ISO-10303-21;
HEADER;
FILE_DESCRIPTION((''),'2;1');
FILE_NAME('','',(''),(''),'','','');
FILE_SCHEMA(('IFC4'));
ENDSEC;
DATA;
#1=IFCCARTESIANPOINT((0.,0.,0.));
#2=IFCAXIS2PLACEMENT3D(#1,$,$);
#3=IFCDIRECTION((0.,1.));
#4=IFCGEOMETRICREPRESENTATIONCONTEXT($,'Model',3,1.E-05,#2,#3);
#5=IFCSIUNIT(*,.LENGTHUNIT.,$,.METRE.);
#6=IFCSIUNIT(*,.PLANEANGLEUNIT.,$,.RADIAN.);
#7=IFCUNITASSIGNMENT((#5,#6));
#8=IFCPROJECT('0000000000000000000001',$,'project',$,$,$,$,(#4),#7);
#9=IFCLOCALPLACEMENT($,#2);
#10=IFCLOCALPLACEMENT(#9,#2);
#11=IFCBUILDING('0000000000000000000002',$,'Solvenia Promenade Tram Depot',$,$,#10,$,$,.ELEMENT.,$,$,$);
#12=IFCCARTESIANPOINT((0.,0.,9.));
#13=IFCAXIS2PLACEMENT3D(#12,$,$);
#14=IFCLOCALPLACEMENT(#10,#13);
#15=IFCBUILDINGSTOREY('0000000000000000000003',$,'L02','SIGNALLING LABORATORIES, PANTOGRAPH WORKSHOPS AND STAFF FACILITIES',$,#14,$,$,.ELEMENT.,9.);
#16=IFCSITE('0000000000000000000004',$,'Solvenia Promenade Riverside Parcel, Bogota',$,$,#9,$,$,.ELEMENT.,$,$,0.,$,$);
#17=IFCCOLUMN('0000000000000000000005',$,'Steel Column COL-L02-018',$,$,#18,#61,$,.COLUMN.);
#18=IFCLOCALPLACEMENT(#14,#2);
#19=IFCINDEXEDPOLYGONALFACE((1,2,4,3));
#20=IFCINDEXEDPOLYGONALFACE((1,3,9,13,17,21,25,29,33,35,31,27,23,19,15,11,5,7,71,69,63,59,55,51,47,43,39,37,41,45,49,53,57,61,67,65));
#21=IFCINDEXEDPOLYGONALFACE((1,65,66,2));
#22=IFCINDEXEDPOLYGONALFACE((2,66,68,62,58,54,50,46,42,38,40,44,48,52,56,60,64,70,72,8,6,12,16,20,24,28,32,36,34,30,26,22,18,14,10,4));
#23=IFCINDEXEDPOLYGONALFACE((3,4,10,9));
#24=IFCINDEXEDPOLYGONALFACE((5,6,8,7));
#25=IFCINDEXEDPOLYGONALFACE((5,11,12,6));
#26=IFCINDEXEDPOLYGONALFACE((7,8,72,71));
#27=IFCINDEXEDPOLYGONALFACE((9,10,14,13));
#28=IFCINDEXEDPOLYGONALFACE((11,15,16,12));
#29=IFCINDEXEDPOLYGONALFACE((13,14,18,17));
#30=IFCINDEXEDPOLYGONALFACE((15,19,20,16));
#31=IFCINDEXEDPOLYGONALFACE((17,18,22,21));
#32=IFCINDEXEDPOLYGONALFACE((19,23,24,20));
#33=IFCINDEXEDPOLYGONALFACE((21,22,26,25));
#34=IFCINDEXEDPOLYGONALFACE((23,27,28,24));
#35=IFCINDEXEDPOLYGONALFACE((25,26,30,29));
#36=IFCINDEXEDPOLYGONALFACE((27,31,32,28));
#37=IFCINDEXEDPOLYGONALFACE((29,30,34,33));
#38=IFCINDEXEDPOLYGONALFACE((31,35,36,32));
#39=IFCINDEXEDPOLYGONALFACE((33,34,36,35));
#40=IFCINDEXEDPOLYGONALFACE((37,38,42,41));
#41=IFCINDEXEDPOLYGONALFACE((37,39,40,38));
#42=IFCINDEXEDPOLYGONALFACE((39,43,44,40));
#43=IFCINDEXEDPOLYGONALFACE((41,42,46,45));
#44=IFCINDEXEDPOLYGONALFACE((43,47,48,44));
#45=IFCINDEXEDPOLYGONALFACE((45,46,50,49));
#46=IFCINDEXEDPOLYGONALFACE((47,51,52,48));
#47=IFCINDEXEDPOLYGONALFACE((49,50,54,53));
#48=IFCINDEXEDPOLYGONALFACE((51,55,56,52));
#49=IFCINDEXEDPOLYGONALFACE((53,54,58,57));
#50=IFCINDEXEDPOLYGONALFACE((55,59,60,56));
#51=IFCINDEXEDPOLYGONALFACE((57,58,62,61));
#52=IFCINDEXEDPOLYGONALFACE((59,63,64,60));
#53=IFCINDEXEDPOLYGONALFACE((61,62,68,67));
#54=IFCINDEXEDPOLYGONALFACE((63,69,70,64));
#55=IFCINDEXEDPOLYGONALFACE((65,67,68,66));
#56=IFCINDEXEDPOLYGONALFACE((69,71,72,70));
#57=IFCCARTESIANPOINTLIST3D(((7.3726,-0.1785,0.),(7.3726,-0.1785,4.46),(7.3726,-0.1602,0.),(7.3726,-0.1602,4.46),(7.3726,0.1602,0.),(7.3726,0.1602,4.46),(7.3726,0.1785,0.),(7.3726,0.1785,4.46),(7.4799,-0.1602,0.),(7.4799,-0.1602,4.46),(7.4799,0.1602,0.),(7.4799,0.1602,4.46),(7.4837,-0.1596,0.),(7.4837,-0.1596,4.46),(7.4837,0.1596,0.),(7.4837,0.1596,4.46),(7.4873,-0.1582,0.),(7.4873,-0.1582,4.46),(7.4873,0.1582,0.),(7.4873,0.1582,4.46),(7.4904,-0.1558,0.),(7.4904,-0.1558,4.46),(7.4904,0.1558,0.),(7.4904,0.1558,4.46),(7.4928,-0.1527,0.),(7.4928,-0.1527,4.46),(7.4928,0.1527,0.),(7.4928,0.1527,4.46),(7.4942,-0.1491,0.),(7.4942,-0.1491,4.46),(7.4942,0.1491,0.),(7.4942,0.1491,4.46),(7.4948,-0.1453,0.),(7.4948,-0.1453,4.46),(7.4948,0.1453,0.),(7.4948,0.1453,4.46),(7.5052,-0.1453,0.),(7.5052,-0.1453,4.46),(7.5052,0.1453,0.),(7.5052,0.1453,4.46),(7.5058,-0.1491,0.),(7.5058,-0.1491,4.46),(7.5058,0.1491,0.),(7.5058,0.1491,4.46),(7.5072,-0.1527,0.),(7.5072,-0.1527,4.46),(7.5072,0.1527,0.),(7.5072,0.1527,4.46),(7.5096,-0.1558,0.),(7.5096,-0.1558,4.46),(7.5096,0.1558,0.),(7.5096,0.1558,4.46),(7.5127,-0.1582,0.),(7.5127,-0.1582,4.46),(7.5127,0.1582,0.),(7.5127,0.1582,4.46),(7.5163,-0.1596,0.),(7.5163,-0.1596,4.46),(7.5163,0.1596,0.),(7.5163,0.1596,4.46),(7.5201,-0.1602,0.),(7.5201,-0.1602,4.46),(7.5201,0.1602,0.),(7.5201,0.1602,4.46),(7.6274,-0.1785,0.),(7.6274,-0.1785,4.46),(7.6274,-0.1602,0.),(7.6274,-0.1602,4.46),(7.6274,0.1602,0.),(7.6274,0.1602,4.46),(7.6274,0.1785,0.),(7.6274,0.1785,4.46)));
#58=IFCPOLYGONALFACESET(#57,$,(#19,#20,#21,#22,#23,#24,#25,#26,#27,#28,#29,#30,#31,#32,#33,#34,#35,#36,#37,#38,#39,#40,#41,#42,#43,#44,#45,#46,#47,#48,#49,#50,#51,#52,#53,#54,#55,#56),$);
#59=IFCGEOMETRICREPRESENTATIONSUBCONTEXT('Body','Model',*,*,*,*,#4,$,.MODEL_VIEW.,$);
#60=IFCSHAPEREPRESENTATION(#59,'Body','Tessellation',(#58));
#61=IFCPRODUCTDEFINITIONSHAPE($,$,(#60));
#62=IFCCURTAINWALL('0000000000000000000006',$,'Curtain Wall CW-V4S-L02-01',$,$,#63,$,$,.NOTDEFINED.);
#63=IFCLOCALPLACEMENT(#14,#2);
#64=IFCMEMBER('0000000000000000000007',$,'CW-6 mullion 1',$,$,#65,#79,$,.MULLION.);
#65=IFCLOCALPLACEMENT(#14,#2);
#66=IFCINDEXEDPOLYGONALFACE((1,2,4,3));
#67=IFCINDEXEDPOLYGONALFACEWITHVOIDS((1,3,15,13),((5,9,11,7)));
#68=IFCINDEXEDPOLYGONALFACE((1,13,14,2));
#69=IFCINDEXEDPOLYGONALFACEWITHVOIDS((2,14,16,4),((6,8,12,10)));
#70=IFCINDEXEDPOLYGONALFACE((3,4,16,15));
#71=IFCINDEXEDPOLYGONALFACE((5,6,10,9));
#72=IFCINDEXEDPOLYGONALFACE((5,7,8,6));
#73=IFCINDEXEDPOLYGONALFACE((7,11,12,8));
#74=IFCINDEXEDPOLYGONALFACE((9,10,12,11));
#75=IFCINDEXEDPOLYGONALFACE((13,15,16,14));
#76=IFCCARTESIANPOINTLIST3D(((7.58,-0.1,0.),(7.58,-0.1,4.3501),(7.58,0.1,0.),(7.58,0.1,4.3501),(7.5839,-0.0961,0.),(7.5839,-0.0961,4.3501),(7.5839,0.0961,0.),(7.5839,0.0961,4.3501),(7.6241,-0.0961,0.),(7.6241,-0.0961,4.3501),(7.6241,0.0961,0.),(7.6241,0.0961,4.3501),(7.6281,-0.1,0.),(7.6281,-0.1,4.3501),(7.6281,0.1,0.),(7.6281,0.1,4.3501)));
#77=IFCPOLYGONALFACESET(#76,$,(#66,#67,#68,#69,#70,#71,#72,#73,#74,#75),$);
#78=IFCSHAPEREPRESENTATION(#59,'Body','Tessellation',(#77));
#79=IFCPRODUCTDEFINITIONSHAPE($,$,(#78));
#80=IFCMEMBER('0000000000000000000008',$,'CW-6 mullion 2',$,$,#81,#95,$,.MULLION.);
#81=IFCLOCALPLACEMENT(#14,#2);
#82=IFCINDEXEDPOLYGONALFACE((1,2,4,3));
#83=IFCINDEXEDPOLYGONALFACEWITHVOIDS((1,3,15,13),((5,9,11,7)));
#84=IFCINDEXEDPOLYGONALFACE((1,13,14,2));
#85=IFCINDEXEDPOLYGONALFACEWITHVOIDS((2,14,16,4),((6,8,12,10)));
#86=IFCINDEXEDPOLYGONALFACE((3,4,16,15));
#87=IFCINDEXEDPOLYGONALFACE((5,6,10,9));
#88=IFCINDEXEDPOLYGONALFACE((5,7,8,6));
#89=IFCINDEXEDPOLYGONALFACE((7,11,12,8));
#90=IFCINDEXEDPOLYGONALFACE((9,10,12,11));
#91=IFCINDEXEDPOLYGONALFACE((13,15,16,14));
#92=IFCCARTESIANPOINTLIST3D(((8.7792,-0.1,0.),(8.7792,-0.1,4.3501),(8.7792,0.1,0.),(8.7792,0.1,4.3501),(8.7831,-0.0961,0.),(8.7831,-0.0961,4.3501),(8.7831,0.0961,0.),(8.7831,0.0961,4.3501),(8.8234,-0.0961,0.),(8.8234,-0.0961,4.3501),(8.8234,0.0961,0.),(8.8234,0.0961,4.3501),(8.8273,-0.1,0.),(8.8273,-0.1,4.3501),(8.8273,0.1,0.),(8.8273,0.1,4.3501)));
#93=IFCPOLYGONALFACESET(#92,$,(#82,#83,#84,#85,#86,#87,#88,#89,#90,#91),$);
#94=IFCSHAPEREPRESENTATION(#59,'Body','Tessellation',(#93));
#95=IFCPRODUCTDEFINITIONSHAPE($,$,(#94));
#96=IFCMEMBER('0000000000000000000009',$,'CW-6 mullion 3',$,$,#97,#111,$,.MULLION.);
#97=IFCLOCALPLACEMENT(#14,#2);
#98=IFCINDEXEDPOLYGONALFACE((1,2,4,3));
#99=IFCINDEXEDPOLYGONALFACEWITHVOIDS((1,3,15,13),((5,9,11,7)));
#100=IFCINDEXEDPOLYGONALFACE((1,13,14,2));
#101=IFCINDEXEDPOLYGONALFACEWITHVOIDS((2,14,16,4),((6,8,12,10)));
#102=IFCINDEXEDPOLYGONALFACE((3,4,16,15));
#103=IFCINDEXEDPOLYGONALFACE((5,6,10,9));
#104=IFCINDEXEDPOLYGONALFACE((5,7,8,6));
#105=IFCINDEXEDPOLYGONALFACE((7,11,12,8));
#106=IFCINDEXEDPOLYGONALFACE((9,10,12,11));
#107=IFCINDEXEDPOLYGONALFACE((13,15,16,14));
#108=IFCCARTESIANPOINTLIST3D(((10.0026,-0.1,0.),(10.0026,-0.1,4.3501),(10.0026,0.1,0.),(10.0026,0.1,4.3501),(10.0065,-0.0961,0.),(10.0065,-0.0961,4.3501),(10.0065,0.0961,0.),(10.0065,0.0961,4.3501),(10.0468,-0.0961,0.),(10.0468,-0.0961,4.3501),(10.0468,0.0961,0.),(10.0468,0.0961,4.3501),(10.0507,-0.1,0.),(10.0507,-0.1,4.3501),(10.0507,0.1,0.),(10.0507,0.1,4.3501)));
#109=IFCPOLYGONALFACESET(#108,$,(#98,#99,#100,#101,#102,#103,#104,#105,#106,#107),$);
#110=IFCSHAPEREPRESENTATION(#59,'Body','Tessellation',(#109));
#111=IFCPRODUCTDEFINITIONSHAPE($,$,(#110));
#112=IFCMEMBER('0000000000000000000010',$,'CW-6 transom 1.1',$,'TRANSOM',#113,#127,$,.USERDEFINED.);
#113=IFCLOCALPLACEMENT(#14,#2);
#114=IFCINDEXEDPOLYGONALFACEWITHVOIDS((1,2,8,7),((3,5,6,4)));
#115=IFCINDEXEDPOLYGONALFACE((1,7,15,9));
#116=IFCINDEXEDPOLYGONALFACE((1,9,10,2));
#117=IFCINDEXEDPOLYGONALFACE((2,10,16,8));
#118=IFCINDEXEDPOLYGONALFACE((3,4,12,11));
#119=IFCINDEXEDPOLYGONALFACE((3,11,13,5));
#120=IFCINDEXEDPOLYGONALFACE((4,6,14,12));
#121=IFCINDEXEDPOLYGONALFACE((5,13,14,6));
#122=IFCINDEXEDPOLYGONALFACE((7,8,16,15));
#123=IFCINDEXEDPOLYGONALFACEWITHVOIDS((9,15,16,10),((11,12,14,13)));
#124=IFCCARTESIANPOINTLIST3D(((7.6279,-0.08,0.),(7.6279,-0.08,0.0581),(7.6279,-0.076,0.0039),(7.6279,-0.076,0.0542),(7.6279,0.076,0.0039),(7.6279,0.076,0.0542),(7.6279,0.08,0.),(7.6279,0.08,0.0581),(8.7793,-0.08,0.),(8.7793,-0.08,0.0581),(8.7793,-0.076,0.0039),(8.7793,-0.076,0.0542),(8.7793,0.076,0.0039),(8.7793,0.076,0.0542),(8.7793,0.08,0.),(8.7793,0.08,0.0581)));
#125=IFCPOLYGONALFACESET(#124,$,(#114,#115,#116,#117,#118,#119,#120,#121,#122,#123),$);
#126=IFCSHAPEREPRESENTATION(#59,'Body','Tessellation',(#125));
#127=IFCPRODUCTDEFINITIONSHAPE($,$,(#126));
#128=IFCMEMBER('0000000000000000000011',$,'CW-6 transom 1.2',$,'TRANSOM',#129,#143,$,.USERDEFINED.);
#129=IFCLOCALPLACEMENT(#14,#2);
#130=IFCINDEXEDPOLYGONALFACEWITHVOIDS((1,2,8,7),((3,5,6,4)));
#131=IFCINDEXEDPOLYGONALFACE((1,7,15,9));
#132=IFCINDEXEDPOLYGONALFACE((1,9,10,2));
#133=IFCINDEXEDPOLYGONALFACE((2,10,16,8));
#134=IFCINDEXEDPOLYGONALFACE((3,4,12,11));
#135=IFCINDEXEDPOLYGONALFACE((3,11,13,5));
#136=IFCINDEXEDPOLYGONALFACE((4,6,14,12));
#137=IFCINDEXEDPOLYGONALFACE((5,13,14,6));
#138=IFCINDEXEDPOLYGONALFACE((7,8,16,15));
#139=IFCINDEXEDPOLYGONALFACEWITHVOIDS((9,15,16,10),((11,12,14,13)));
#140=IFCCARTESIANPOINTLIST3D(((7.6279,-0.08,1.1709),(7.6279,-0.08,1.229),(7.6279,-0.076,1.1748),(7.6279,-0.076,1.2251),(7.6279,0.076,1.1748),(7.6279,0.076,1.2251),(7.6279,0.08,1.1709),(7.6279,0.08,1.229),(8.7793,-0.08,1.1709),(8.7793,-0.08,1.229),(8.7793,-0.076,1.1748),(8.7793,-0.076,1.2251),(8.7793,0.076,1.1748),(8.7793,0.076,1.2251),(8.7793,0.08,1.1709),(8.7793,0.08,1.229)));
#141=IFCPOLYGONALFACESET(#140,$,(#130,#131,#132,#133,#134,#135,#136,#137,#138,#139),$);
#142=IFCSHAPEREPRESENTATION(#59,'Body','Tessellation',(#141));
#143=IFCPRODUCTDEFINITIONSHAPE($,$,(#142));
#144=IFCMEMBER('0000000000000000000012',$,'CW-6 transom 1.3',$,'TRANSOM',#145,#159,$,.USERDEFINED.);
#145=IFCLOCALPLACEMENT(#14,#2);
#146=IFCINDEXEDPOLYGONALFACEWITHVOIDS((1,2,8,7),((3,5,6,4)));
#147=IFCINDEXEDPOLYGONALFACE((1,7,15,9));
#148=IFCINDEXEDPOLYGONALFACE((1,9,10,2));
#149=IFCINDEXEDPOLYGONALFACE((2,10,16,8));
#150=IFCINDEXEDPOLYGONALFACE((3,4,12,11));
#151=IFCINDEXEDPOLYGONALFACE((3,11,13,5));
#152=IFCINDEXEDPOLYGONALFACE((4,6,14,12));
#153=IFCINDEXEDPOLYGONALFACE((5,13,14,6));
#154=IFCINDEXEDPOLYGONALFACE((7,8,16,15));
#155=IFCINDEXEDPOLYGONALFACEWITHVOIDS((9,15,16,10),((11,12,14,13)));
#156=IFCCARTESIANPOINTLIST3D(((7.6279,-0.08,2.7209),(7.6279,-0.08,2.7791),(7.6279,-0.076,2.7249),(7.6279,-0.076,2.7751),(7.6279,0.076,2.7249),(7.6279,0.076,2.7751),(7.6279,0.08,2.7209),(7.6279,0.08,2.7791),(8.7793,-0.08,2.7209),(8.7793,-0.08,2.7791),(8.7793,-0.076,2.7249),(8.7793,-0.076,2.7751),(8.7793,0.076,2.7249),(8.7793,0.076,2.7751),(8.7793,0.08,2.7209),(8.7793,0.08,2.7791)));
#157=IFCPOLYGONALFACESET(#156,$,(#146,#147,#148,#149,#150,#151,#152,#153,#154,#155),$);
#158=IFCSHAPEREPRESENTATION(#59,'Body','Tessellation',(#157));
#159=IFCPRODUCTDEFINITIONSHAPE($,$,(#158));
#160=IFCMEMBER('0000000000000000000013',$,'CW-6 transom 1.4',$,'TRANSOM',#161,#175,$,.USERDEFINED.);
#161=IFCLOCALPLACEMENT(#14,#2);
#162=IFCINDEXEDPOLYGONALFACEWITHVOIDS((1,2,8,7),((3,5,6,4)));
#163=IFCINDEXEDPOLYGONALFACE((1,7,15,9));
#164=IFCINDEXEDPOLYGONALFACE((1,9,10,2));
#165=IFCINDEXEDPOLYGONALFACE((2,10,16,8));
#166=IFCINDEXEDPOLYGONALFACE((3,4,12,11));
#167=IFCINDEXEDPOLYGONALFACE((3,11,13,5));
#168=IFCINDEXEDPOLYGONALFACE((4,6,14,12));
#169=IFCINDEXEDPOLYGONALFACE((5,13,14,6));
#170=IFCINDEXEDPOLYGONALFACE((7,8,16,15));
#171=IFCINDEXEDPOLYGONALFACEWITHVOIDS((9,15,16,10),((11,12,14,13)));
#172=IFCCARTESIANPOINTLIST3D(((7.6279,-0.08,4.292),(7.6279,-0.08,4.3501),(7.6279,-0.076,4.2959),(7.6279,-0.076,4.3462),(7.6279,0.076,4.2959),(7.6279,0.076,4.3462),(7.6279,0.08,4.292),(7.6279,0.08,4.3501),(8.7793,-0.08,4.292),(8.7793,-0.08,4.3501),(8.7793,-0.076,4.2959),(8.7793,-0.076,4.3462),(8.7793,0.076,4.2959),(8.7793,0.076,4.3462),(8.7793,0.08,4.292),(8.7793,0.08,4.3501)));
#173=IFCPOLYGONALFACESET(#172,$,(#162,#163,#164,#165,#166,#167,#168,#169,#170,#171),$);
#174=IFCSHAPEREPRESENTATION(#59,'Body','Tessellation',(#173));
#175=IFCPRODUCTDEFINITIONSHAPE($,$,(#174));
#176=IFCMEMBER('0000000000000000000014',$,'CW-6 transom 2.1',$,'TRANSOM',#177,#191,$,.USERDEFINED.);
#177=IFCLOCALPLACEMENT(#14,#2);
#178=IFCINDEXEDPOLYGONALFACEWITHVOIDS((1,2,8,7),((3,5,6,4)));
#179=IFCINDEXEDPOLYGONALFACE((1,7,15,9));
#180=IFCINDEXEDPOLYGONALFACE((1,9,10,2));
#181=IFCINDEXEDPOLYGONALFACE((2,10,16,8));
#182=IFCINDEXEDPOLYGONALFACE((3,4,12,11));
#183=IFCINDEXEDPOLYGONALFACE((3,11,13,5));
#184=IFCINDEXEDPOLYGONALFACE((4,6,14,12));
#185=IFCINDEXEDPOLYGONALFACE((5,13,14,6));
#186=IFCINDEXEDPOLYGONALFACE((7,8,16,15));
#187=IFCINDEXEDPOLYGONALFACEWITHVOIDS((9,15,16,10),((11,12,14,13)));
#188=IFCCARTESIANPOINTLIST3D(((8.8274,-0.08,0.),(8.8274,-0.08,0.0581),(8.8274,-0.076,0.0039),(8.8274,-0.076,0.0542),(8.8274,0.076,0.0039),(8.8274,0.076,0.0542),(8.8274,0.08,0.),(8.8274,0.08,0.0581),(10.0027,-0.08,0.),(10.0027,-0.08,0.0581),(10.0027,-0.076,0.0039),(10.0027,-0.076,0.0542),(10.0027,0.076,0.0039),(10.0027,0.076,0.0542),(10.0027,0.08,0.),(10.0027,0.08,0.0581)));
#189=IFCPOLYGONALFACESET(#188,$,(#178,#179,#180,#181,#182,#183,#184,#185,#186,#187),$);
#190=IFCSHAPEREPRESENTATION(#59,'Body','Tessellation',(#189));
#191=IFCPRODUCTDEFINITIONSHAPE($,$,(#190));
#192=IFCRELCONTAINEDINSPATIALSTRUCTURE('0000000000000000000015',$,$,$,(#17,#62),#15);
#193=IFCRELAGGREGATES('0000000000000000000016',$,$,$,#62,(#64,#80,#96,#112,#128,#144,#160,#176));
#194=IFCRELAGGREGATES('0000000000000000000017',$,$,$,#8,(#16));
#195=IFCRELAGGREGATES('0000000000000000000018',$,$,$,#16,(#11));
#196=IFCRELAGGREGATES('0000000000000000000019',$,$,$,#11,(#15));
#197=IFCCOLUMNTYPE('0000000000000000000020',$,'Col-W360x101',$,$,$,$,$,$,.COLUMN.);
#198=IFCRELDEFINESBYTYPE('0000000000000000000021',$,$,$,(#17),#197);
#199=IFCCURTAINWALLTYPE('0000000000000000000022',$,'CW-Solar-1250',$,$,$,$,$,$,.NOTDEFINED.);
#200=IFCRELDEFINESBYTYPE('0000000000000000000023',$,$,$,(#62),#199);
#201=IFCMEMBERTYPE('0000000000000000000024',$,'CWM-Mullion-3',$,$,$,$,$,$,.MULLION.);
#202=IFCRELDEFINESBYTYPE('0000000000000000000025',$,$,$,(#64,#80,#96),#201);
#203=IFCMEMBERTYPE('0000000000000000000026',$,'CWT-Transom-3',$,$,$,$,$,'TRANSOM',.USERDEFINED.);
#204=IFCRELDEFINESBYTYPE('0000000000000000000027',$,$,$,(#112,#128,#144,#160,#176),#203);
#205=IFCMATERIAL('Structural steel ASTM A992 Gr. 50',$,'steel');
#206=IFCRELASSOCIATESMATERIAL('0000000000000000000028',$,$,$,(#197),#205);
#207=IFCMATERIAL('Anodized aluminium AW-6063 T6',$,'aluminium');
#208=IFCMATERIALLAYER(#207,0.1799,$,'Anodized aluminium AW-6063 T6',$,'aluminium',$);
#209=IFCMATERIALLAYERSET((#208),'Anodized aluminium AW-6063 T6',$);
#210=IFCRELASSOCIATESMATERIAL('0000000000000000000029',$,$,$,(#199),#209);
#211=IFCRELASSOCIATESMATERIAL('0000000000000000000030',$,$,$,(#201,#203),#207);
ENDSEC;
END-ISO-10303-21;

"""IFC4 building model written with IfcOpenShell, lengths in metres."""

from ifc_helpers import new_model, si_unit, direction, frame, origin, origin_2d, place, context, subcontext, project, spatial, hollow_rectangle, i_section, extrude, material, layer, layer_set, material_profile, profile_set, type_object, element, aggregate, save


model = new_model("IFC4")

# Units and contexts
model_context = context("Model", 3, precision=1e-05, world=origin(), true_north=direction((0.0, 1.0)))
body_context = subcontext(model_context, "Body", "Model", "MODEL_VIEW")
ifc_project = project(units=[si_unit("LENGTHUNIT", "METRE"), si_unit("PLANEANGLEUNIT", "RADIAN")], contexts=[model_context])

# Site, building, storey
site_placement = place(None, origin())
site = spatial("IfcSite", under=ifc_project, at=site_placement, Name="Solvenia Promenade Riverside Parcel, Bogota", CompositionType="ELEMENT", RefElevation=0.0)
building_placement = place(site_placement, origin())
building = spatial("IfcBuilding", under=site, at=building_placement, Name="Solvenia Promenade Tram Depot", CompositionType="ELEMENT")
storey_placement = place(building_placement, frame((0.0, 0.0, 9.0)))
storey = spatial("IfcBuildingStorey", under=building, at=storey_placement, Name="L02", Description="SIGNALLING LABORATORIES, PANTOGRAPH WORKSHOPS AND STAFF FACILITIES", CompositionType="ELEMENT", Elevation=9.0)

# Column
ifc_material_1 = material(Name="Structural steel ASTM A992 Gr. 50", Category="steel")
ifc_material_profile_1 = material_profile(ifc_material_1, i_section(OverallWidth=0.2549, OverallDepth=0.3569, WebThickness=0.0105, FlangeThickness=0.0183, FilletRadius=0.0149, at=origin_2d()), Name="W360x101", Category="steel")
ifc_profile_set_1 = profile_set([ifc_material_profile_1], Name="Structural steel ASTM A992 Gr. 50")
column_type = type_object("IfcColumnType", Name="Col-W360x101", PredefinedType="COLUMN", material=ifc_profile_set_1)
column_placement = place(storey_placement, frame((7.5, 0.0, 0.0), z_axis=(0.0, 0.0, 1.0), x_axis=(1.0, 0.0, 0.0)))
element("IfcColumn", 1, at=column_placement, inside=storey, type_object=column_type, Name="Steel Column COL-L02-018", PredefinedType="COLUMN", context=body_context, shape_type="SweptSolid", body=[
    extrude(i_section(OverallWidth=0.2549, OverallDepth=0.3569, WebThickness=0.0105, FlangeThickness=0.0183, FilletRadius=0.0149, at=origin_2d()), origin(), (0.0, 0.0, 1.0), 4.46),
])

# Curtain wall, members
ifc_material_2 = material(Name="Anodized aluminium AW-6063 T6", Category="aluminium")
ifc_layer_1 = layer(ifc_material_2, 0.1799, Name="Anodized aluminium AW-6063 T6", Category="aluminium")
ifc_layer_set_1 = layer_set([ifc_layer_1], Name="Anodized aluminium AW-6063 T6")
curtain_wall_type = type_object("IfcCurtainWallType", Name="CW-Solar-1250", PredefinedType="NOTDEFINED", material=ifc_layer_set_1)
curtain_wall_placement = place(storey_placement, origin())
curtain_wall = element("IfcCurtainWall", 2, at=curtain_wall_placement, inside=storey, type_object=curtain_wall_type, Name="Curtain Wall CW-V4S-L02-01", PredefinedType="NOTDEFINED")
ifc_material_profile_2 = material_profile(ifc_material_2, hollow_rectangle(XDim=0.2, YDim=0.0481, WallThickness=0.0039, at=origin_2d()), Name="ALU-M3", Category="aluminium")
ifc_profile_set_2 = profile_set([ifc_material_profile_2], Name="Anodized aluminium AW-6063 T6")
member_type_1 = type_object("IfcMemberType", Name="CWM-Mullion-3", PredefinedType="MULLION", material=ifc_profile_set_2)
member_1_placement = place(storey_placement, frame((7.604, 0.0, 0.0), z_axis=(0.0, 0.0, 1.0), x_axis=(0.0, 1.0, 0.0)))
member_1 = element("IfcMember", 3, at=member_1_placement, type_object=member_type_1, Name="CW-6 mullion 1", PredefinedType="MULLION", context=body_context, shape_type="SweptSolid", body=[
    extrude(hollow_rectangle(XDim=0.2, YDim=0.0481, WallThickness=0.0039, at=origin_2d()), origin(), (0.0, 0.0, 1.0), 4.3501),
])
member_2_placement = place(storey_placement, frame((8.8032, 0.0, 0.0), z_axis=(0.0, 0.0, 1.0), x_axis=(0.0, 1.0, 0.0)))
member_2 = element("IfcMember", 4, at=member_2_placement, type_object=member_type_1, Name="CW-6 mullion 2", PredefinedType="MULLION", context=body_context, shape_type="SweptSolid", body=[
    extrude(hollow_rectangle(XDim=0.2, YDim=0.0481, WallThickness=0.0039, at=origin_2d()), origin(), (0.0, 0.0, 1.0), 4.3501),
])
member_3_placement = place(storey_placement, frame((10.0266, 0.0, 0.0), z_axis=(0.0, 0.0, 1.0), x_axis=(0.0, 1.0, 0.0)))
member_3 = element("IfcMember", 5, at=member_3_placement, type_object=member_type_1, Name="CW-6 mullion 3", PredefinedType="MULLION", context=body_context, shape_type="SweptSolid", body=[
    extrude(hollow_rectangle(XDim=0.2, YDim=0.0481, WallThickness=0.0039, at=origin_2d()), origin(), (0.0, 0.0, 1.0), 4.3501),
])
ifc_material_profile_3 = material_profile(ifc_material_2, hollow_rectangle(XDim=0.1599, YDim=0.0581, WallThickness=0.0039, at=origin_2d()), Name="ALU-T3", Category="aluminium")
ifc_profile_set_3 = profile_set([ifc_material_profile_3], Name="Anodized aluminium AW-6063 T6")
member_type_2 = type_object("IfcMemberType", Name="CWT-Transom-3", ElementType="TRANSOM", PredefinedType="USERDEFINED", material=ifc_profile_set_3)
member_4_placement = place(storey_placement, frame((7.6279, 0.0, 0.0291), z_axis=(1.0, 0.0, 0.0), x_axis=(0.0, 1.0, 0.0)))
member_4 = element("IfcMember", 6, at=member_4_placement, type_object=member_type_2, Name="CW-6 transom 1.1", ObjectType="TRANSOM", PredefinedType="USERDEFINED", context=body_context, shape_type="SweptSolid", body=[
    extrude(hollow_rectangle(XDim=0.1599, YDim=0.0581, WallThickness=0.0039, at=origin_2d()), origin(), (0.0, 0.0, 1.0), 1.1514),
])
member_5_placement = place(storey_placement, frame((7.6279, 0.0, 1.2), z_axis=(1.0, 0.0, 0.0), x_axis=(0.0, 1.0, 0.0)))
member_5 = element("IfcMember", 7, at=member_5_placement, type_object=member_type_2, Name="CW-6 transom 1.2", ObjectType="TRANSOM", PredefinedType="USERDEFINED", context=body_context, shape_type="SweptSolid", body=[
    extrude(hollow_rectangle(XDim=0.1599, YDim=0.0581, WallThickness=0.0039, at=origin_2d()), origin(), (0.0, 0.0, 1.0), 1.1514),
])
member_6_placement = place(storey_placement, frame((7.6279, 0.0, 2.75), z_axis=(1.0, 0.0, 0.0), x_axis=(0.0, 1.0, 0.0)))
member_6 = element("IfcMember", 8, at=member_6_placement, type_object=member_type_2, Name="CW-6 transom 1.3", ObjectType="TRANSOM", PredefinedType="USERDEFINED", context=body_context, shape_type="SweptSolid", body=[
    extrude(hollow_rectangle(XDim=0.1599, YDim=0.0581, WallThickness=0.0039, at=origin_2d()), origin(), (0.0, 0.0, 1.0), 1.1514),
])
member_7_placement = place(storey_placement, frame((7.6279, 0.0, 4.321), z_axis=(1.0, 0.0, 0.0), x_axis=(0.0, 1.0, 0.0)))
member_7 = element("IfcMember", 9, at=member_7_placement, type_object=member_type_2, Name="CW-6 transom 1.4", ObjectType="TRANSOM", PredefinedType="USERDEFINED", context=body_context, shape_type="SweptSolid", body=[
    extrude(hollow_rectangle(XDim=0.1599, YDim=0.0581, WallThickness=0.0039, at=origin_2d()), origin(), (0.0, 0.0, 1.0), 1.1514),
])
member_8_placement = place(storey_placement, frame((8.8274, 0.0, 0.0291), z_axis=(1.0, 0.0, 0.0), x_axis=(0.0, 1.0, 0.0)))
member_8 = element("IfcMember", 10, at=member_8_placement, type_object=member_type_2, Name="CW-6 transom 2.1", ObjectType="TRANSOM", PredefinedType="USERDEFINED", context=body_context, shape_type="SweptSolid", body=[
    extrude(hollow_rectangle(XDim=0.1599, YDim=0.0581, WallThickness=0.0039, at=origin_2d()), origin(), (0.0, 0.0, 1.0), 1.1753),
])

aggregate(curtain_wall, [member_1, member_2, member_3, member_4, member_5, member_6, member_7, member_8])

save(model, "model.ifc")
